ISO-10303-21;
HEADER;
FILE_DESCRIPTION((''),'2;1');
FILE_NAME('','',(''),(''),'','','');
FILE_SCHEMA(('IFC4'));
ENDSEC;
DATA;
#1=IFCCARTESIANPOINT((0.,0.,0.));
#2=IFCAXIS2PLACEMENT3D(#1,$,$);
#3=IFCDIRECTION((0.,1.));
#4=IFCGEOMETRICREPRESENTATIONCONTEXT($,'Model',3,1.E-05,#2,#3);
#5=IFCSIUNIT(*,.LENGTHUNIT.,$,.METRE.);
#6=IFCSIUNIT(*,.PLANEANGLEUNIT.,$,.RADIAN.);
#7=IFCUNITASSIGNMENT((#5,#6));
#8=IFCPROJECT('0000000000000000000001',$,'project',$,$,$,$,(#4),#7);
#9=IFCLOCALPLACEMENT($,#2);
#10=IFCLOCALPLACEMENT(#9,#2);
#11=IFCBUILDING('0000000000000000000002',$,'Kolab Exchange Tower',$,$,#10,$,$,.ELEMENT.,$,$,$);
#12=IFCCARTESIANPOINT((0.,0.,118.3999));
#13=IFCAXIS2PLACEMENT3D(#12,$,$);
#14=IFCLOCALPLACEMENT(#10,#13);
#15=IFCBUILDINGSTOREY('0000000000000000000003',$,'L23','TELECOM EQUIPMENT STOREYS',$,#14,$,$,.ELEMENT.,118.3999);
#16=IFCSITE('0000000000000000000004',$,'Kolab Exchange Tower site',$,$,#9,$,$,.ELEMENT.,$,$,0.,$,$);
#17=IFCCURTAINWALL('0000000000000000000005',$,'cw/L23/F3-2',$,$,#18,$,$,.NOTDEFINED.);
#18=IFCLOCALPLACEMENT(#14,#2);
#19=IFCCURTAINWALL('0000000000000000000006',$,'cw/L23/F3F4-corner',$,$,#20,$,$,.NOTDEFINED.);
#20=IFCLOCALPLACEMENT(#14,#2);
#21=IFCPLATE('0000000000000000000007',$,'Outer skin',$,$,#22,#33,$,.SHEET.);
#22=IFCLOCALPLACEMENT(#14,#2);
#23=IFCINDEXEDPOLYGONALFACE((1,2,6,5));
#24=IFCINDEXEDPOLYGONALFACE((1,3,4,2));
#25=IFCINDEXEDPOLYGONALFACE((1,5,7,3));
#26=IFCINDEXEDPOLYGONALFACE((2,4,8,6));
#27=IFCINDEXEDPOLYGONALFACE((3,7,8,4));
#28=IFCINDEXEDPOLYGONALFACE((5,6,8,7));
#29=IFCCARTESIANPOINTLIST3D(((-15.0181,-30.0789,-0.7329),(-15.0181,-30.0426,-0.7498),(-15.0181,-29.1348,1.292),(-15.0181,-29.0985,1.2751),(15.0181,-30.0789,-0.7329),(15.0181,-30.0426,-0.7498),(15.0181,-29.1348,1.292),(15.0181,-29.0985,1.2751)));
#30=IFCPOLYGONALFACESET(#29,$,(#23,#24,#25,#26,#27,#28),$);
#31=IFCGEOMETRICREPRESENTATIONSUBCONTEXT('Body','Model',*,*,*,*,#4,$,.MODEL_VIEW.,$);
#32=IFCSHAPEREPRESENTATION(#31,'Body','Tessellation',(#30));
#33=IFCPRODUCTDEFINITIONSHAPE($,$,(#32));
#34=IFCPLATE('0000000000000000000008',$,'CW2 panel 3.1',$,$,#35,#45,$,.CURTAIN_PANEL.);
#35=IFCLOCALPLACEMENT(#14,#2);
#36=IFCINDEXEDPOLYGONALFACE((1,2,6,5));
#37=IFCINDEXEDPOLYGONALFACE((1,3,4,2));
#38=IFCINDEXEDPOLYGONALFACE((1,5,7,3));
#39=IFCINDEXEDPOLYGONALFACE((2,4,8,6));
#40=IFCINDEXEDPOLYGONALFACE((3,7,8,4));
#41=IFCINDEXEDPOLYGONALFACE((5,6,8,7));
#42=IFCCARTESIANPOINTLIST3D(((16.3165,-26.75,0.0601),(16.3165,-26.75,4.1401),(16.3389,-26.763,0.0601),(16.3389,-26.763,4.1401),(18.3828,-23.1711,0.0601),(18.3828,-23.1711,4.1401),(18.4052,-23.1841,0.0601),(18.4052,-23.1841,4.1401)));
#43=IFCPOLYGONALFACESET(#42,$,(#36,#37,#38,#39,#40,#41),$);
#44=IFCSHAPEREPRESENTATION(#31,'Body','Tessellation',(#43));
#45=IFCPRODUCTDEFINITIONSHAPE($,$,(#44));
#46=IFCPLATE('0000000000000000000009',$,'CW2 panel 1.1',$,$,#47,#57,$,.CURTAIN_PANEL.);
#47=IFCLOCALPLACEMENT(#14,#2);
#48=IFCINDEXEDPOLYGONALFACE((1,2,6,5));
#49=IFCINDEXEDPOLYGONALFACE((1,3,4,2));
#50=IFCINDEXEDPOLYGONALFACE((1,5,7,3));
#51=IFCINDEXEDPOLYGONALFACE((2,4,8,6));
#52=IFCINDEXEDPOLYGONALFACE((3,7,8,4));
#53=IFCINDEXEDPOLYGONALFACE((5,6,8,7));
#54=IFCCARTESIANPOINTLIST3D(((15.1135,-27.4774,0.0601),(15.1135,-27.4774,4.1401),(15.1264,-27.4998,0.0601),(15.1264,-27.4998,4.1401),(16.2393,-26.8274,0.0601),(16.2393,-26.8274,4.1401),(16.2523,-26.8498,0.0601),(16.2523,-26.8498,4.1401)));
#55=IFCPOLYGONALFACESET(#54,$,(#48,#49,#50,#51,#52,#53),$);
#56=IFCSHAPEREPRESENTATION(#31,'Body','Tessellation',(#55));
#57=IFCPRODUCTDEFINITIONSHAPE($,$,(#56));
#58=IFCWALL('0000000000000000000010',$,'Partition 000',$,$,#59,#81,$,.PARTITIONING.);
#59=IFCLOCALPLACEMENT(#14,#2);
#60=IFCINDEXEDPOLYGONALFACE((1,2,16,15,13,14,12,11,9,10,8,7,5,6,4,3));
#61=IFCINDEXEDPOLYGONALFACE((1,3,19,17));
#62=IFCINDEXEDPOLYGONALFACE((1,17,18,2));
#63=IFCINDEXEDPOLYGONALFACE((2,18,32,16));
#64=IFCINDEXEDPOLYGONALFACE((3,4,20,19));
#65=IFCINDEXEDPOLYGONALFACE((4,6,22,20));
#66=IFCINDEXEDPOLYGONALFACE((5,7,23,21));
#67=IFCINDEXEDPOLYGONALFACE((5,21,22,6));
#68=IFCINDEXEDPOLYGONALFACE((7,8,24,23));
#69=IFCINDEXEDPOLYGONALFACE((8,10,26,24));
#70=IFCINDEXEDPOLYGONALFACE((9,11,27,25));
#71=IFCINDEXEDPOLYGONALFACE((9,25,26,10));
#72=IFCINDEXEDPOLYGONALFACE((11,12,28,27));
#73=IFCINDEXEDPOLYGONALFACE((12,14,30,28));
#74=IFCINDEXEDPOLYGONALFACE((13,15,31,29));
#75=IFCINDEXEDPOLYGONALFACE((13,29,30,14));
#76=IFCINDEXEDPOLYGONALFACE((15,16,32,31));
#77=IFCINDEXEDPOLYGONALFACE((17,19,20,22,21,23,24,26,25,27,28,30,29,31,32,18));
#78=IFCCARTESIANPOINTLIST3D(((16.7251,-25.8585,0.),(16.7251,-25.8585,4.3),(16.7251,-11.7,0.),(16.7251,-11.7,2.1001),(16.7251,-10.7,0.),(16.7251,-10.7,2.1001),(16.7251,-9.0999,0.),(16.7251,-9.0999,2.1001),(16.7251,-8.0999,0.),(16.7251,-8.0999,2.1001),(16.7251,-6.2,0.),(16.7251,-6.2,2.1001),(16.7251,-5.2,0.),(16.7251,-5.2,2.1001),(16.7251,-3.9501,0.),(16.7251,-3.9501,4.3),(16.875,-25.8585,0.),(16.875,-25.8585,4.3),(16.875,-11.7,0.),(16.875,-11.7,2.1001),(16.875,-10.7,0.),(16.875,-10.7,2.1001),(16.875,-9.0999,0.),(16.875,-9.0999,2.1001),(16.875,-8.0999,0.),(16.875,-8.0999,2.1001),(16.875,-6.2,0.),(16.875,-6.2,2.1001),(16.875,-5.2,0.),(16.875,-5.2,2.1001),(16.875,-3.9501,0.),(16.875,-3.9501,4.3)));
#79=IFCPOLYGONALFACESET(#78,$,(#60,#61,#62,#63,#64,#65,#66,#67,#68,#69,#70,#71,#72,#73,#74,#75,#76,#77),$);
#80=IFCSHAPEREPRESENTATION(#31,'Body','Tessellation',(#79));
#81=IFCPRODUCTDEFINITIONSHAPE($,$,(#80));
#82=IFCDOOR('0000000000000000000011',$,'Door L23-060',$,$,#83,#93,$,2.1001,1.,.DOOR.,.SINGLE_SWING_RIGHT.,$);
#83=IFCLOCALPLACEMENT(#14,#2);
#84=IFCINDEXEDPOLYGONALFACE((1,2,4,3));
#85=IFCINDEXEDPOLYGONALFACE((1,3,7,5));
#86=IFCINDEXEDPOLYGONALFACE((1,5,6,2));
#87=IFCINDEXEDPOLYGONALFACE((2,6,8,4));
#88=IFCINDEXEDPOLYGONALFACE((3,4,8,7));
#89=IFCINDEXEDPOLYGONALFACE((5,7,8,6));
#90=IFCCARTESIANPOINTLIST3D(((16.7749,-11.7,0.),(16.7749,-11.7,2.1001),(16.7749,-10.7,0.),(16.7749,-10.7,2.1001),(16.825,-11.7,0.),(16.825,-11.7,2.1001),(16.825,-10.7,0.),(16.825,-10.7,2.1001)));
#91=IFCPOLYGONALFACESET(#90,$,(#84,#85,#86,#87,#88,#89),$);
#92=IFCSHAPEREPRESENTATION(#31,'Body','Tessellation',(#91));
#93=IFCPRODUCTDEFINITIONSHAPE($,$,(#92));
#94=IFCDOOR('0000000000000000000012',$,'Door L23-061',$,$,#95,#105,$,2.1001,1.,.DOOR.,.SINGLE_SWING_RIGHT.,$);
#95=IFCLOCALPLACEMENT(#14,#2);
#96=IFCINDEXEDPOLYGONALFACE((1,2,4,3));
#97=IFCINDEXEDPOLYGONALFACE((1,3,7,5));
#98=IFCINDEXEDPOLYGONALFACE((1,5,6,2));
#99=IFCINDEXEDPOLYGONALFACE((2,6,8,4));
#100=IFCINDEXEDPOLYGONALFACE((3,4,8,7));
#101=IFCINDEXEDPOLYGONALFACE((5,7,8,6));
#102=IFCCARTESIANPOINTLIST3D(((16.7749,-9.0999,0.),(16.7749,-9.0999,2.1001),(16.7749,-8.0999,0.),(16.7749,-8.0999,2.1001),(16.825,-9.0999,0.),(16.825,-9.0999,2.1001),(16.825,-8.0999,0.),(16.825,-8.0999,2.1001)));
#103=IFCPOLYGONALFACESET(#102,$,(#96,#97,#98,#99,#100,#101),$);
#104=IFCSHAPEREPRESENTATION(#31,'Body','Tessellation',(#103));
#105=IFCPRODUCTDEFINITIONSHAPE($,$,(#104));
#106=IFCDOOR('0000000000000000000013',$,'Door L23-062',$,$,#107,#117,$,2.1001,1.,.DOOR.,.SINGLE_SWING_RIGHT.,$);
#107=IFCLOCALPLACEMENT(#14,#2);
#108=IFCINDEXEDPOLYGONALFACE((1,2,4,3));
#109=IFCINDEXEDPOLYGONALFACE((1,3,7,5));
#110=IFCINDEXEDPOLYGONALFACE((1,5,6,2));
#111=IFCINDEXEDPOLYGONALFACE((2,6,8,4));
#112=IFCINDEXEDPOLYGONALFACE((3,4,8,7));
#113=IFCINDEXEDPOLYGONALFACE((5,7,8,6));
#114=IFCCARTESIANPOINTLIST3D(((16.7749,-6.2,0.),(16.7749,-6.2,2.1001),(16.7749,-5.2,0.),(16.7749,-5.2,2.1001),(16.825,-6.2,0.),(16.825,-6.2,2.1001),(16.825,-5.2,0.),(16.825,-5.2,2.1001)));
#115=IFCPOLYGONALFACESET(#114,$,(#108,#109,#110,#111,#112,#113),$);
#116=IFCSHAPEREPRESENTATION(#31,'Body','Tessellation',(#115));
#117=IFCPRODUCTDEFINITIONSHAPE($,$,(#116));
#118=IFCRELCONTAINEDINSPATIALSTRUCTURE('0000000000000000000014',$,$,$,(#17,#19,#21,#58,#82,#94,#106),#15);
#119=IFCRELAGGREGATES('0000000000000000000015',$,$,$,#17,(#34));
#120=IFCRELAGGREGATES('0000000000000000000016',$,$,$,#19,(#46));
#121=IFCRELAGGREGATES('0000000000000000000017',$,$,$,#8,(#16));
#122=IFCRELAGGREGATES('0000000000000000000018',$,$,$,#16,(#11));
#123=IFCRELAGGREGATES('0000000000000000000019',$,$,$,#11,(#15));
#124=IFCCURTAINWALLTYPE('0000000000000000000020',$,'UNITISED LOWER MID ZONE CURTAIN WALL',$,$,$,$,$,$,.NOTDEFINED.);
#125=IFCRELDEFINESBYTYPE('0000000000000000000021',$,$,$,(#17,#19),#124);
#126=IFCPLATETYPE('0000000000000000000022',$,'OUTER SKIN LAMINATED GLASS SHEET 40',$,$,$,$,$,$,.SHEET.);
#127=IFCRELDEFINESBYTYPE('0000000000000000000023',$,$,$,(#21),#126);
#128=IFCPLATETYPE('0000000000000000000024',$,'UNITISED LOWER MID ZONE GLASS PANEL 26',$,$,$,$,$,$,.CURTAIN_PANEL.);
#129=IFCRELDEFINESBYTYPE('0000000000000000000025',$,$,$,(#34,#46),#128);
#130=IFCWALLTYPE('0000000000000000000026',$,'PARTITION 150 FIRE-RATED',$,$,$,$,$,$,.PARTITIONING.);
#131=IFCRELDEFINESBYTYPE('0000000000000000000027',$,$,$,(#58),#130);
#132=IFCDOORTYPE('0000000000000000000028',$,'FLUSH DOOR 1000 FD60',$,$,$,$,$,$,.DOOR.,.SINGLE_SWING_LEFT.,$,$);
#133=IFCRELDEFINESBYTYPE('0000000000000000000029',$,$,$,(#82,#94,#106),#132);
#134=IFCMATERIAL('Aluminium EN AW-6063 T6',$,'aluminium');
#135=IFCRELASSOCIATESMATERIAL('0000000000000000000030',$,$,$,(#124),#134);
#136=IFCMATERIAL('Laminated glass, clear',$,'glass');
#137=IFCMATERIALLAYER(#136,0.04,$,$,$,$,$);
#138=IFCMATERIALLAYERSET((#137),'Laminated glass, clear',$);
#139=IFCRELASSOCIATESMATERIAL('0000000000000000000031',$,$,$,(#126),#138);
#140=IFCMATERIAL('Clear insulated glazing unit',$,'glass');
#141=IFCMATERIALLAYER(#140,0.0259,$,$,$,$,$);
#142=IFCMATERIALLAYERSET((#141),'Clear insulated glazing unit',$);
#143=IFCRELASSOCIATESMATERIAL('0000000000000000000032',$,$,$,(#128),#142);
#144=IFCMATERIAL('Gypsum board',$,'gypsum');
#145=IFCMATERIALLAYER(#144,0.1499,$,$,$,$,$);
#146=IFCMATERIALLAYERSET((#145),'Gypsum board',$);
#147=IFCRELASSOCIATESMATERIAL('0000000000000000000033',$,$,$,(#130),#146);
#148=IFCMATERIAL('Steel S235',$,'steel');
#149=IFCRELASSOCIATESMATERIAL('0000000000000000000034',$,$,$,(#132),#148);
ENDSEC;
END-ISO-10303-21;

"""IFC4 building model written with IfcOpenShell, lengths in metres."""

from ifc_helpers import new_model, si_unit, direction, frame, frame_2d, origin, origin_2d, place, context, subcontext, project, spatial, polyline, rectangle, outline, extrude, material, layer, layer_set, type_object, element, fill, aggregate, save


model = new_model("IFC4")

# Units and contexts
model_context = context("Model", 3, precision=1e-05, world=origin(), true_north=direction((0.0, 1.0)))
body_context = subcontext(model_context, "Body", "Model", "MODEL_VIEW")
ifc_project = project(units=[si_unit("LENGTHUNIT", "METRE"), si_unit("PLANEANGLEUNIT", "RADIAN")], contexts=[model_context])

# Site, building, storey
site_placement = place(None, origin())
site = spatial("IfcSite", under=ifc_project, at=site_placement, Name="Kolab Exchange Tower site", CompositionType="ELEMENT", RefElevation=0.0)
building_placement = place(site_placement, origin())
building = spatial("IfcBuilding", under=site, at=building_placement, Name="Kolab Exchange Tower", CompositionType="ELEMENT")
storey_placement = place(building_placement, frame((0.0, 0.0, 118.3999)))
storey = spatial("IfcBuildingStorey", under=building, at=storey_placement, Name="L23", Description="TELECOM EQUIPMENT STOREYS", CompositionType="ELEMENT", Elevation=118.3999)

# Curtain wall
ifc_material_1 = material(Name="Aluminium EN AW-6063 T6", Category="aluminium")
curtain_wall_type = type_object("IfcCurtainWallType", Name="UNITISED LOWER MID ZONE CURTAIN WALL", PredefinedType="NOTDEFINED", material=ifc_material_1)
curtain_wall_1_placement = place(storey_placement, origin())
curtain_wall_1 = element("IfcCurtainWall", 1, at=curtain_wall_1_placement, inside=storey, type_object=curtain_wall_type, Name="cw/L23/F3-2", PredefinedType="NOTDEFINED")

# Curtain wall
curtain_wall_2_placement = place(storey_placement, origin())
curtain_wall_2 = element("IfcCurtainWall", 2, at=curtain_wall_2_placement, inside=storey, type_object=curtain_wall_type, Name="cw/L23/F3F4-corner", PredefinedType="NOTDEFINED")

# Plates
ifc_material_2 = material(Name="Laminated glass, clear", Category="glass")
ifc_layer_1 = layer(ifc_material_2, 0.04)
ifc_layer_set_1 = layer_set([ifc_layer_1], Name="Laminated glass, clear")
plate_type_1 = type_object("IfcPlateType", Name="OUTER SKIN LAMINATED GLASS SHEET 40", PredefinedType="SHEET", material=ifc_layer_set_1)
plate_1_placement = place(storey_placement, frame((15.0181, -30.0789, -0.7329), z_axis=(0.0, -0.906331, 0.422568), x_axis=(-1.0, 0.0, 0.0)))
element("IfcPlate", 3, at=plate_1_placement, inside=storey, type_object=plate_type_1, Name="Outer skin", PredefinedType="SHEET", context=body_context, shape_type="SweptSolid", body=[
    extrude(outline(polyline([(0.0, 0.0), (30.0361, 0.0), (30.0361, -2.2342), (0.0, -2.2342), (0.0, 0.0)])), origin(), (0.0, 0.0, -1.0), 0.04),
])
ifc_material_3 = material(Name="Clear insulated glazing unit", Category="glass")
ifc_layer_2 = layer(ifc_material_3, 0.0259)
ifc_layer_set_2 = layer_set([ifc_layer_2], Name="Clear insulated glazing unit")
plate_type_2 = type_object("IfcPlateType", Name="UNITISED LOWER MID ZONE GLASS PANEL 26", PredefinedType="CURTAIN_PANEL", material=ifc_layer_set_2)
plate_2_placement = place(storey_placement, frame((17.3608, -24.967, 0.0601), z_axis=(0.0, 0.0, 1.0), x_axis=(-0.5, -0.866025, 0.0)))
plate_2 = element("IfcPlate", 4, at=plate_2_placement, type_object=plate_type_2, Name="CW2 panel 3.1", PredefinedType="CURTAIN_PANEL", context=body_context, shape_type="SweptSolid", body=[
    extrude(rectangle(XDim=4.1326, YDim=0.0259, at=origin_2d()), origin(), (0.0, 0.0, 1.0), 4.0801),
])
aggregate(curtain_wall_1, [plate_2])
plate_3_placement = place(storey_placement, frame((15.6829, -27.1636, 0.0601), z_axis=(0.0, 0.0, 1.0), x_axis=(-0.866025, -0.5, 0.0)))
plate_3 = element("IfcPlate", 5, at=plate_3_placement, type_object=plate_type_2, Name="CW2 panel 1.1", PredefinedType="CURTAIN_PANEL", context=body_context, shape_type="SweptSolid", body=[
    extrude(rectangle(XDim=1.3, YDim=0.0259, at=origin_2d()), origin(), (0.0, 0.0, 1.0), 4.0801),
])
aggregate(curtain_wall_2, [plate_3])

# Wall, openings, doors
ifc_material_4 = material(Name="Gypsum board", Category="gypsum")
ifc_layer_3 = layer(ifc_material_4, 0.1499)
ifc_layer_set_3 = layer_set([ifc_layer_3], Name="Gypsum board")
wall_type = type_object("IfcWallType", Name="PARTITION 150 FIRE-RATED", PredefinedType="PARTITIONING", material=ifc_layer_set_3)
wall_placement = place(storey_placement, frame((16.8, -25.8584, 0.0), z_axis=(0.0, 0.0, 1.0), x_axis=(0.0, 1.0, 0.0)))
wall = element("IfcWall", 6, at=wall_placement, inside=storey, type_object=wall_type, Name="Partition 000", PredefinedType="PARTITIONING", context=body_context, shape_type="SweptSolid", body=[
    extrude(rectangle(XDim=21.9084, YDim=0.1499, at=frame_2d((10.9541, 0.0))), origin(), (0.0, 0.0, 1.0), 4.3),
])
opening_1_placement = place(wall_placement, frame((14.1584, 0.0, 0.0)))
opening_1 = element("IfcOpeningElement", 7, at=opening_1_placement, cuts=wall, PredefinedType="OPENING", context=body_context, shape_type="SweptSolid", body=[
    extrude(rectangle(XDim=1.0, YDim=2.1001, at=frame_2d((0.5, 1.05))), frame((0.0, 0.085, 0.0), z_axis=(0.0, -1.0, 0.0), x_axis=(1.0, 0.0, 0.0)), (0.0, 0.0, 1.0), 0.1699),
])
opening_2_placement = place(wall_placement, frame((16.7585, 0.0, 0.0)))
opening_2 = element("IfcOpeningElement", 8, at=opening_2_placement, cuts=wall, PredefinedType="OPENING", context=body_context, shape_type="SweptSolid", body=[
    extrude(rectangle(XDim=1.0, YDim=2.1001, at=frame_2d((0.5, 1.05))), frame((0.0, 0.085, 0.0), z_axis=(0.0, -1.0, 0.0), x_axis=(1.0, 0.0, 0.0)), (0.0, 0.0, 1.0), 0.1699),
])
opening_3_placement = place(wall_placement, frame((19.6584, 0.0, 0.0)))
opening_3 = element("IfcOpeningElement", 9, at=opening_3_placement, cuts=wall, PredefinedType="OPENING", context=body_context, shape_type="SweptSolid", body=[
    extrude(rectangle(XDim=1.0, YDim=2.1001, at=frame_2d((0.5, 1.05))), frame((0.0, 0.085, 0.0), z_axis=(0.0, -1.0, 0.0), x_axis=(1.0, 0.0, 0.0)), (0.0, 0.0, 1.0), 0.1699),
])
ifc_material_5 = material(Name="Steel S235", Category="steel")
door_type = type_object("IfcDoorType", Name="FLUSH DOOR 1000 FD60", OperationType="SINGLE_SWING_LEFT", PredefinedType="DOOR", material=ifc_material_5)
door_1_placement = place(opening_1_placement, frame((1.0, 0.0, 0.0), z_axis=(0.0, 0.0, 1.0), x_axis=(-1.0, 0.0, 0.0)))
door_1 = element("IfcDoor", 10, at=door_1_placement, inside=storey, type_object=door_type, Name="Door L23-060", OperationType="SINGLE_SWING_RIGHT", OverallHeight=2.1001, OverallWidth=1.0, PredefinedType="DOOR", context=body_context, shape_type="SweptSolid", body=[
    extrude(rectangle(XDim=1.0, YDim=2.1001, at=frame_2d((0.5, 1.05))), frame((0.0, 0.0249, 0.0), z_axis=(0.0, -1.0, 0.0), x_axis=(1.0, 0.0, 0.0)), (0.0, 0.0, 1.0), 0.05),
])
fill(opening_1, door_1)
door_2_placement = place(opening_2_placement, frame((1.0, 0.0, 0.0), z_axis=(0.0, 0.0, 1.0), x_axis=(-1.0, 0.0, 0.0)))
door_2 = element("IfcDoor", 11, at=door_2_placement, inside=storey, type_object=door_type, Name="Door L23-061", OperationType="SINGLE_SWING_RIGHT", OverallHeight=2.1001, OverallWidth=1.0, PredefinedType="DOOR", context=body_context, shape_type="SweptSolid", body=[
    extrude(rectangle(XDim=1.0, YDim=2.1001, at=frame_2d((0.5, 1.05))), frame((0.0, 0.0249, 0.0), z_axis=(0.0, -1.0, 0.0), x_axis=(1.0, 0.0, 0.0)), (0.0, 0.0, 1.0), 0.05),
])
fill(opening_2, door_2)
door_3_placement = place(opening_3_placement, frame((1.0, 0.0, 0.0), z_axis=(0.0, 0.0, 1.0), x_axis=(-1.0, 0.0, 0.0)))
door_3 = element("IfcDoor", 12, at=door_3_placement, inside=storey, type_object=door_type, Name="Door L23-062", OperationType="SINGLE_SWING_RIGHT", OverallHeight=2.1001, OverallWidth=1.0, PredefinedType="DOOR", context=body_context, shape_type="SweptSolid", body=[
    extrude(rectangle(XDim=1.0, YDim=2.1001, at=frame_2d((0.5, 1.05))), frame((0.0, 0.0249, 0.0), z_axis=(0.0, -1.0, 0.0), x_axis=(1.0, 0.0, 0.0)), (0.0, 0.0, 1.0), 0.05),
])
fill(opening_3, door_3)

save(model, "model.ifc")
